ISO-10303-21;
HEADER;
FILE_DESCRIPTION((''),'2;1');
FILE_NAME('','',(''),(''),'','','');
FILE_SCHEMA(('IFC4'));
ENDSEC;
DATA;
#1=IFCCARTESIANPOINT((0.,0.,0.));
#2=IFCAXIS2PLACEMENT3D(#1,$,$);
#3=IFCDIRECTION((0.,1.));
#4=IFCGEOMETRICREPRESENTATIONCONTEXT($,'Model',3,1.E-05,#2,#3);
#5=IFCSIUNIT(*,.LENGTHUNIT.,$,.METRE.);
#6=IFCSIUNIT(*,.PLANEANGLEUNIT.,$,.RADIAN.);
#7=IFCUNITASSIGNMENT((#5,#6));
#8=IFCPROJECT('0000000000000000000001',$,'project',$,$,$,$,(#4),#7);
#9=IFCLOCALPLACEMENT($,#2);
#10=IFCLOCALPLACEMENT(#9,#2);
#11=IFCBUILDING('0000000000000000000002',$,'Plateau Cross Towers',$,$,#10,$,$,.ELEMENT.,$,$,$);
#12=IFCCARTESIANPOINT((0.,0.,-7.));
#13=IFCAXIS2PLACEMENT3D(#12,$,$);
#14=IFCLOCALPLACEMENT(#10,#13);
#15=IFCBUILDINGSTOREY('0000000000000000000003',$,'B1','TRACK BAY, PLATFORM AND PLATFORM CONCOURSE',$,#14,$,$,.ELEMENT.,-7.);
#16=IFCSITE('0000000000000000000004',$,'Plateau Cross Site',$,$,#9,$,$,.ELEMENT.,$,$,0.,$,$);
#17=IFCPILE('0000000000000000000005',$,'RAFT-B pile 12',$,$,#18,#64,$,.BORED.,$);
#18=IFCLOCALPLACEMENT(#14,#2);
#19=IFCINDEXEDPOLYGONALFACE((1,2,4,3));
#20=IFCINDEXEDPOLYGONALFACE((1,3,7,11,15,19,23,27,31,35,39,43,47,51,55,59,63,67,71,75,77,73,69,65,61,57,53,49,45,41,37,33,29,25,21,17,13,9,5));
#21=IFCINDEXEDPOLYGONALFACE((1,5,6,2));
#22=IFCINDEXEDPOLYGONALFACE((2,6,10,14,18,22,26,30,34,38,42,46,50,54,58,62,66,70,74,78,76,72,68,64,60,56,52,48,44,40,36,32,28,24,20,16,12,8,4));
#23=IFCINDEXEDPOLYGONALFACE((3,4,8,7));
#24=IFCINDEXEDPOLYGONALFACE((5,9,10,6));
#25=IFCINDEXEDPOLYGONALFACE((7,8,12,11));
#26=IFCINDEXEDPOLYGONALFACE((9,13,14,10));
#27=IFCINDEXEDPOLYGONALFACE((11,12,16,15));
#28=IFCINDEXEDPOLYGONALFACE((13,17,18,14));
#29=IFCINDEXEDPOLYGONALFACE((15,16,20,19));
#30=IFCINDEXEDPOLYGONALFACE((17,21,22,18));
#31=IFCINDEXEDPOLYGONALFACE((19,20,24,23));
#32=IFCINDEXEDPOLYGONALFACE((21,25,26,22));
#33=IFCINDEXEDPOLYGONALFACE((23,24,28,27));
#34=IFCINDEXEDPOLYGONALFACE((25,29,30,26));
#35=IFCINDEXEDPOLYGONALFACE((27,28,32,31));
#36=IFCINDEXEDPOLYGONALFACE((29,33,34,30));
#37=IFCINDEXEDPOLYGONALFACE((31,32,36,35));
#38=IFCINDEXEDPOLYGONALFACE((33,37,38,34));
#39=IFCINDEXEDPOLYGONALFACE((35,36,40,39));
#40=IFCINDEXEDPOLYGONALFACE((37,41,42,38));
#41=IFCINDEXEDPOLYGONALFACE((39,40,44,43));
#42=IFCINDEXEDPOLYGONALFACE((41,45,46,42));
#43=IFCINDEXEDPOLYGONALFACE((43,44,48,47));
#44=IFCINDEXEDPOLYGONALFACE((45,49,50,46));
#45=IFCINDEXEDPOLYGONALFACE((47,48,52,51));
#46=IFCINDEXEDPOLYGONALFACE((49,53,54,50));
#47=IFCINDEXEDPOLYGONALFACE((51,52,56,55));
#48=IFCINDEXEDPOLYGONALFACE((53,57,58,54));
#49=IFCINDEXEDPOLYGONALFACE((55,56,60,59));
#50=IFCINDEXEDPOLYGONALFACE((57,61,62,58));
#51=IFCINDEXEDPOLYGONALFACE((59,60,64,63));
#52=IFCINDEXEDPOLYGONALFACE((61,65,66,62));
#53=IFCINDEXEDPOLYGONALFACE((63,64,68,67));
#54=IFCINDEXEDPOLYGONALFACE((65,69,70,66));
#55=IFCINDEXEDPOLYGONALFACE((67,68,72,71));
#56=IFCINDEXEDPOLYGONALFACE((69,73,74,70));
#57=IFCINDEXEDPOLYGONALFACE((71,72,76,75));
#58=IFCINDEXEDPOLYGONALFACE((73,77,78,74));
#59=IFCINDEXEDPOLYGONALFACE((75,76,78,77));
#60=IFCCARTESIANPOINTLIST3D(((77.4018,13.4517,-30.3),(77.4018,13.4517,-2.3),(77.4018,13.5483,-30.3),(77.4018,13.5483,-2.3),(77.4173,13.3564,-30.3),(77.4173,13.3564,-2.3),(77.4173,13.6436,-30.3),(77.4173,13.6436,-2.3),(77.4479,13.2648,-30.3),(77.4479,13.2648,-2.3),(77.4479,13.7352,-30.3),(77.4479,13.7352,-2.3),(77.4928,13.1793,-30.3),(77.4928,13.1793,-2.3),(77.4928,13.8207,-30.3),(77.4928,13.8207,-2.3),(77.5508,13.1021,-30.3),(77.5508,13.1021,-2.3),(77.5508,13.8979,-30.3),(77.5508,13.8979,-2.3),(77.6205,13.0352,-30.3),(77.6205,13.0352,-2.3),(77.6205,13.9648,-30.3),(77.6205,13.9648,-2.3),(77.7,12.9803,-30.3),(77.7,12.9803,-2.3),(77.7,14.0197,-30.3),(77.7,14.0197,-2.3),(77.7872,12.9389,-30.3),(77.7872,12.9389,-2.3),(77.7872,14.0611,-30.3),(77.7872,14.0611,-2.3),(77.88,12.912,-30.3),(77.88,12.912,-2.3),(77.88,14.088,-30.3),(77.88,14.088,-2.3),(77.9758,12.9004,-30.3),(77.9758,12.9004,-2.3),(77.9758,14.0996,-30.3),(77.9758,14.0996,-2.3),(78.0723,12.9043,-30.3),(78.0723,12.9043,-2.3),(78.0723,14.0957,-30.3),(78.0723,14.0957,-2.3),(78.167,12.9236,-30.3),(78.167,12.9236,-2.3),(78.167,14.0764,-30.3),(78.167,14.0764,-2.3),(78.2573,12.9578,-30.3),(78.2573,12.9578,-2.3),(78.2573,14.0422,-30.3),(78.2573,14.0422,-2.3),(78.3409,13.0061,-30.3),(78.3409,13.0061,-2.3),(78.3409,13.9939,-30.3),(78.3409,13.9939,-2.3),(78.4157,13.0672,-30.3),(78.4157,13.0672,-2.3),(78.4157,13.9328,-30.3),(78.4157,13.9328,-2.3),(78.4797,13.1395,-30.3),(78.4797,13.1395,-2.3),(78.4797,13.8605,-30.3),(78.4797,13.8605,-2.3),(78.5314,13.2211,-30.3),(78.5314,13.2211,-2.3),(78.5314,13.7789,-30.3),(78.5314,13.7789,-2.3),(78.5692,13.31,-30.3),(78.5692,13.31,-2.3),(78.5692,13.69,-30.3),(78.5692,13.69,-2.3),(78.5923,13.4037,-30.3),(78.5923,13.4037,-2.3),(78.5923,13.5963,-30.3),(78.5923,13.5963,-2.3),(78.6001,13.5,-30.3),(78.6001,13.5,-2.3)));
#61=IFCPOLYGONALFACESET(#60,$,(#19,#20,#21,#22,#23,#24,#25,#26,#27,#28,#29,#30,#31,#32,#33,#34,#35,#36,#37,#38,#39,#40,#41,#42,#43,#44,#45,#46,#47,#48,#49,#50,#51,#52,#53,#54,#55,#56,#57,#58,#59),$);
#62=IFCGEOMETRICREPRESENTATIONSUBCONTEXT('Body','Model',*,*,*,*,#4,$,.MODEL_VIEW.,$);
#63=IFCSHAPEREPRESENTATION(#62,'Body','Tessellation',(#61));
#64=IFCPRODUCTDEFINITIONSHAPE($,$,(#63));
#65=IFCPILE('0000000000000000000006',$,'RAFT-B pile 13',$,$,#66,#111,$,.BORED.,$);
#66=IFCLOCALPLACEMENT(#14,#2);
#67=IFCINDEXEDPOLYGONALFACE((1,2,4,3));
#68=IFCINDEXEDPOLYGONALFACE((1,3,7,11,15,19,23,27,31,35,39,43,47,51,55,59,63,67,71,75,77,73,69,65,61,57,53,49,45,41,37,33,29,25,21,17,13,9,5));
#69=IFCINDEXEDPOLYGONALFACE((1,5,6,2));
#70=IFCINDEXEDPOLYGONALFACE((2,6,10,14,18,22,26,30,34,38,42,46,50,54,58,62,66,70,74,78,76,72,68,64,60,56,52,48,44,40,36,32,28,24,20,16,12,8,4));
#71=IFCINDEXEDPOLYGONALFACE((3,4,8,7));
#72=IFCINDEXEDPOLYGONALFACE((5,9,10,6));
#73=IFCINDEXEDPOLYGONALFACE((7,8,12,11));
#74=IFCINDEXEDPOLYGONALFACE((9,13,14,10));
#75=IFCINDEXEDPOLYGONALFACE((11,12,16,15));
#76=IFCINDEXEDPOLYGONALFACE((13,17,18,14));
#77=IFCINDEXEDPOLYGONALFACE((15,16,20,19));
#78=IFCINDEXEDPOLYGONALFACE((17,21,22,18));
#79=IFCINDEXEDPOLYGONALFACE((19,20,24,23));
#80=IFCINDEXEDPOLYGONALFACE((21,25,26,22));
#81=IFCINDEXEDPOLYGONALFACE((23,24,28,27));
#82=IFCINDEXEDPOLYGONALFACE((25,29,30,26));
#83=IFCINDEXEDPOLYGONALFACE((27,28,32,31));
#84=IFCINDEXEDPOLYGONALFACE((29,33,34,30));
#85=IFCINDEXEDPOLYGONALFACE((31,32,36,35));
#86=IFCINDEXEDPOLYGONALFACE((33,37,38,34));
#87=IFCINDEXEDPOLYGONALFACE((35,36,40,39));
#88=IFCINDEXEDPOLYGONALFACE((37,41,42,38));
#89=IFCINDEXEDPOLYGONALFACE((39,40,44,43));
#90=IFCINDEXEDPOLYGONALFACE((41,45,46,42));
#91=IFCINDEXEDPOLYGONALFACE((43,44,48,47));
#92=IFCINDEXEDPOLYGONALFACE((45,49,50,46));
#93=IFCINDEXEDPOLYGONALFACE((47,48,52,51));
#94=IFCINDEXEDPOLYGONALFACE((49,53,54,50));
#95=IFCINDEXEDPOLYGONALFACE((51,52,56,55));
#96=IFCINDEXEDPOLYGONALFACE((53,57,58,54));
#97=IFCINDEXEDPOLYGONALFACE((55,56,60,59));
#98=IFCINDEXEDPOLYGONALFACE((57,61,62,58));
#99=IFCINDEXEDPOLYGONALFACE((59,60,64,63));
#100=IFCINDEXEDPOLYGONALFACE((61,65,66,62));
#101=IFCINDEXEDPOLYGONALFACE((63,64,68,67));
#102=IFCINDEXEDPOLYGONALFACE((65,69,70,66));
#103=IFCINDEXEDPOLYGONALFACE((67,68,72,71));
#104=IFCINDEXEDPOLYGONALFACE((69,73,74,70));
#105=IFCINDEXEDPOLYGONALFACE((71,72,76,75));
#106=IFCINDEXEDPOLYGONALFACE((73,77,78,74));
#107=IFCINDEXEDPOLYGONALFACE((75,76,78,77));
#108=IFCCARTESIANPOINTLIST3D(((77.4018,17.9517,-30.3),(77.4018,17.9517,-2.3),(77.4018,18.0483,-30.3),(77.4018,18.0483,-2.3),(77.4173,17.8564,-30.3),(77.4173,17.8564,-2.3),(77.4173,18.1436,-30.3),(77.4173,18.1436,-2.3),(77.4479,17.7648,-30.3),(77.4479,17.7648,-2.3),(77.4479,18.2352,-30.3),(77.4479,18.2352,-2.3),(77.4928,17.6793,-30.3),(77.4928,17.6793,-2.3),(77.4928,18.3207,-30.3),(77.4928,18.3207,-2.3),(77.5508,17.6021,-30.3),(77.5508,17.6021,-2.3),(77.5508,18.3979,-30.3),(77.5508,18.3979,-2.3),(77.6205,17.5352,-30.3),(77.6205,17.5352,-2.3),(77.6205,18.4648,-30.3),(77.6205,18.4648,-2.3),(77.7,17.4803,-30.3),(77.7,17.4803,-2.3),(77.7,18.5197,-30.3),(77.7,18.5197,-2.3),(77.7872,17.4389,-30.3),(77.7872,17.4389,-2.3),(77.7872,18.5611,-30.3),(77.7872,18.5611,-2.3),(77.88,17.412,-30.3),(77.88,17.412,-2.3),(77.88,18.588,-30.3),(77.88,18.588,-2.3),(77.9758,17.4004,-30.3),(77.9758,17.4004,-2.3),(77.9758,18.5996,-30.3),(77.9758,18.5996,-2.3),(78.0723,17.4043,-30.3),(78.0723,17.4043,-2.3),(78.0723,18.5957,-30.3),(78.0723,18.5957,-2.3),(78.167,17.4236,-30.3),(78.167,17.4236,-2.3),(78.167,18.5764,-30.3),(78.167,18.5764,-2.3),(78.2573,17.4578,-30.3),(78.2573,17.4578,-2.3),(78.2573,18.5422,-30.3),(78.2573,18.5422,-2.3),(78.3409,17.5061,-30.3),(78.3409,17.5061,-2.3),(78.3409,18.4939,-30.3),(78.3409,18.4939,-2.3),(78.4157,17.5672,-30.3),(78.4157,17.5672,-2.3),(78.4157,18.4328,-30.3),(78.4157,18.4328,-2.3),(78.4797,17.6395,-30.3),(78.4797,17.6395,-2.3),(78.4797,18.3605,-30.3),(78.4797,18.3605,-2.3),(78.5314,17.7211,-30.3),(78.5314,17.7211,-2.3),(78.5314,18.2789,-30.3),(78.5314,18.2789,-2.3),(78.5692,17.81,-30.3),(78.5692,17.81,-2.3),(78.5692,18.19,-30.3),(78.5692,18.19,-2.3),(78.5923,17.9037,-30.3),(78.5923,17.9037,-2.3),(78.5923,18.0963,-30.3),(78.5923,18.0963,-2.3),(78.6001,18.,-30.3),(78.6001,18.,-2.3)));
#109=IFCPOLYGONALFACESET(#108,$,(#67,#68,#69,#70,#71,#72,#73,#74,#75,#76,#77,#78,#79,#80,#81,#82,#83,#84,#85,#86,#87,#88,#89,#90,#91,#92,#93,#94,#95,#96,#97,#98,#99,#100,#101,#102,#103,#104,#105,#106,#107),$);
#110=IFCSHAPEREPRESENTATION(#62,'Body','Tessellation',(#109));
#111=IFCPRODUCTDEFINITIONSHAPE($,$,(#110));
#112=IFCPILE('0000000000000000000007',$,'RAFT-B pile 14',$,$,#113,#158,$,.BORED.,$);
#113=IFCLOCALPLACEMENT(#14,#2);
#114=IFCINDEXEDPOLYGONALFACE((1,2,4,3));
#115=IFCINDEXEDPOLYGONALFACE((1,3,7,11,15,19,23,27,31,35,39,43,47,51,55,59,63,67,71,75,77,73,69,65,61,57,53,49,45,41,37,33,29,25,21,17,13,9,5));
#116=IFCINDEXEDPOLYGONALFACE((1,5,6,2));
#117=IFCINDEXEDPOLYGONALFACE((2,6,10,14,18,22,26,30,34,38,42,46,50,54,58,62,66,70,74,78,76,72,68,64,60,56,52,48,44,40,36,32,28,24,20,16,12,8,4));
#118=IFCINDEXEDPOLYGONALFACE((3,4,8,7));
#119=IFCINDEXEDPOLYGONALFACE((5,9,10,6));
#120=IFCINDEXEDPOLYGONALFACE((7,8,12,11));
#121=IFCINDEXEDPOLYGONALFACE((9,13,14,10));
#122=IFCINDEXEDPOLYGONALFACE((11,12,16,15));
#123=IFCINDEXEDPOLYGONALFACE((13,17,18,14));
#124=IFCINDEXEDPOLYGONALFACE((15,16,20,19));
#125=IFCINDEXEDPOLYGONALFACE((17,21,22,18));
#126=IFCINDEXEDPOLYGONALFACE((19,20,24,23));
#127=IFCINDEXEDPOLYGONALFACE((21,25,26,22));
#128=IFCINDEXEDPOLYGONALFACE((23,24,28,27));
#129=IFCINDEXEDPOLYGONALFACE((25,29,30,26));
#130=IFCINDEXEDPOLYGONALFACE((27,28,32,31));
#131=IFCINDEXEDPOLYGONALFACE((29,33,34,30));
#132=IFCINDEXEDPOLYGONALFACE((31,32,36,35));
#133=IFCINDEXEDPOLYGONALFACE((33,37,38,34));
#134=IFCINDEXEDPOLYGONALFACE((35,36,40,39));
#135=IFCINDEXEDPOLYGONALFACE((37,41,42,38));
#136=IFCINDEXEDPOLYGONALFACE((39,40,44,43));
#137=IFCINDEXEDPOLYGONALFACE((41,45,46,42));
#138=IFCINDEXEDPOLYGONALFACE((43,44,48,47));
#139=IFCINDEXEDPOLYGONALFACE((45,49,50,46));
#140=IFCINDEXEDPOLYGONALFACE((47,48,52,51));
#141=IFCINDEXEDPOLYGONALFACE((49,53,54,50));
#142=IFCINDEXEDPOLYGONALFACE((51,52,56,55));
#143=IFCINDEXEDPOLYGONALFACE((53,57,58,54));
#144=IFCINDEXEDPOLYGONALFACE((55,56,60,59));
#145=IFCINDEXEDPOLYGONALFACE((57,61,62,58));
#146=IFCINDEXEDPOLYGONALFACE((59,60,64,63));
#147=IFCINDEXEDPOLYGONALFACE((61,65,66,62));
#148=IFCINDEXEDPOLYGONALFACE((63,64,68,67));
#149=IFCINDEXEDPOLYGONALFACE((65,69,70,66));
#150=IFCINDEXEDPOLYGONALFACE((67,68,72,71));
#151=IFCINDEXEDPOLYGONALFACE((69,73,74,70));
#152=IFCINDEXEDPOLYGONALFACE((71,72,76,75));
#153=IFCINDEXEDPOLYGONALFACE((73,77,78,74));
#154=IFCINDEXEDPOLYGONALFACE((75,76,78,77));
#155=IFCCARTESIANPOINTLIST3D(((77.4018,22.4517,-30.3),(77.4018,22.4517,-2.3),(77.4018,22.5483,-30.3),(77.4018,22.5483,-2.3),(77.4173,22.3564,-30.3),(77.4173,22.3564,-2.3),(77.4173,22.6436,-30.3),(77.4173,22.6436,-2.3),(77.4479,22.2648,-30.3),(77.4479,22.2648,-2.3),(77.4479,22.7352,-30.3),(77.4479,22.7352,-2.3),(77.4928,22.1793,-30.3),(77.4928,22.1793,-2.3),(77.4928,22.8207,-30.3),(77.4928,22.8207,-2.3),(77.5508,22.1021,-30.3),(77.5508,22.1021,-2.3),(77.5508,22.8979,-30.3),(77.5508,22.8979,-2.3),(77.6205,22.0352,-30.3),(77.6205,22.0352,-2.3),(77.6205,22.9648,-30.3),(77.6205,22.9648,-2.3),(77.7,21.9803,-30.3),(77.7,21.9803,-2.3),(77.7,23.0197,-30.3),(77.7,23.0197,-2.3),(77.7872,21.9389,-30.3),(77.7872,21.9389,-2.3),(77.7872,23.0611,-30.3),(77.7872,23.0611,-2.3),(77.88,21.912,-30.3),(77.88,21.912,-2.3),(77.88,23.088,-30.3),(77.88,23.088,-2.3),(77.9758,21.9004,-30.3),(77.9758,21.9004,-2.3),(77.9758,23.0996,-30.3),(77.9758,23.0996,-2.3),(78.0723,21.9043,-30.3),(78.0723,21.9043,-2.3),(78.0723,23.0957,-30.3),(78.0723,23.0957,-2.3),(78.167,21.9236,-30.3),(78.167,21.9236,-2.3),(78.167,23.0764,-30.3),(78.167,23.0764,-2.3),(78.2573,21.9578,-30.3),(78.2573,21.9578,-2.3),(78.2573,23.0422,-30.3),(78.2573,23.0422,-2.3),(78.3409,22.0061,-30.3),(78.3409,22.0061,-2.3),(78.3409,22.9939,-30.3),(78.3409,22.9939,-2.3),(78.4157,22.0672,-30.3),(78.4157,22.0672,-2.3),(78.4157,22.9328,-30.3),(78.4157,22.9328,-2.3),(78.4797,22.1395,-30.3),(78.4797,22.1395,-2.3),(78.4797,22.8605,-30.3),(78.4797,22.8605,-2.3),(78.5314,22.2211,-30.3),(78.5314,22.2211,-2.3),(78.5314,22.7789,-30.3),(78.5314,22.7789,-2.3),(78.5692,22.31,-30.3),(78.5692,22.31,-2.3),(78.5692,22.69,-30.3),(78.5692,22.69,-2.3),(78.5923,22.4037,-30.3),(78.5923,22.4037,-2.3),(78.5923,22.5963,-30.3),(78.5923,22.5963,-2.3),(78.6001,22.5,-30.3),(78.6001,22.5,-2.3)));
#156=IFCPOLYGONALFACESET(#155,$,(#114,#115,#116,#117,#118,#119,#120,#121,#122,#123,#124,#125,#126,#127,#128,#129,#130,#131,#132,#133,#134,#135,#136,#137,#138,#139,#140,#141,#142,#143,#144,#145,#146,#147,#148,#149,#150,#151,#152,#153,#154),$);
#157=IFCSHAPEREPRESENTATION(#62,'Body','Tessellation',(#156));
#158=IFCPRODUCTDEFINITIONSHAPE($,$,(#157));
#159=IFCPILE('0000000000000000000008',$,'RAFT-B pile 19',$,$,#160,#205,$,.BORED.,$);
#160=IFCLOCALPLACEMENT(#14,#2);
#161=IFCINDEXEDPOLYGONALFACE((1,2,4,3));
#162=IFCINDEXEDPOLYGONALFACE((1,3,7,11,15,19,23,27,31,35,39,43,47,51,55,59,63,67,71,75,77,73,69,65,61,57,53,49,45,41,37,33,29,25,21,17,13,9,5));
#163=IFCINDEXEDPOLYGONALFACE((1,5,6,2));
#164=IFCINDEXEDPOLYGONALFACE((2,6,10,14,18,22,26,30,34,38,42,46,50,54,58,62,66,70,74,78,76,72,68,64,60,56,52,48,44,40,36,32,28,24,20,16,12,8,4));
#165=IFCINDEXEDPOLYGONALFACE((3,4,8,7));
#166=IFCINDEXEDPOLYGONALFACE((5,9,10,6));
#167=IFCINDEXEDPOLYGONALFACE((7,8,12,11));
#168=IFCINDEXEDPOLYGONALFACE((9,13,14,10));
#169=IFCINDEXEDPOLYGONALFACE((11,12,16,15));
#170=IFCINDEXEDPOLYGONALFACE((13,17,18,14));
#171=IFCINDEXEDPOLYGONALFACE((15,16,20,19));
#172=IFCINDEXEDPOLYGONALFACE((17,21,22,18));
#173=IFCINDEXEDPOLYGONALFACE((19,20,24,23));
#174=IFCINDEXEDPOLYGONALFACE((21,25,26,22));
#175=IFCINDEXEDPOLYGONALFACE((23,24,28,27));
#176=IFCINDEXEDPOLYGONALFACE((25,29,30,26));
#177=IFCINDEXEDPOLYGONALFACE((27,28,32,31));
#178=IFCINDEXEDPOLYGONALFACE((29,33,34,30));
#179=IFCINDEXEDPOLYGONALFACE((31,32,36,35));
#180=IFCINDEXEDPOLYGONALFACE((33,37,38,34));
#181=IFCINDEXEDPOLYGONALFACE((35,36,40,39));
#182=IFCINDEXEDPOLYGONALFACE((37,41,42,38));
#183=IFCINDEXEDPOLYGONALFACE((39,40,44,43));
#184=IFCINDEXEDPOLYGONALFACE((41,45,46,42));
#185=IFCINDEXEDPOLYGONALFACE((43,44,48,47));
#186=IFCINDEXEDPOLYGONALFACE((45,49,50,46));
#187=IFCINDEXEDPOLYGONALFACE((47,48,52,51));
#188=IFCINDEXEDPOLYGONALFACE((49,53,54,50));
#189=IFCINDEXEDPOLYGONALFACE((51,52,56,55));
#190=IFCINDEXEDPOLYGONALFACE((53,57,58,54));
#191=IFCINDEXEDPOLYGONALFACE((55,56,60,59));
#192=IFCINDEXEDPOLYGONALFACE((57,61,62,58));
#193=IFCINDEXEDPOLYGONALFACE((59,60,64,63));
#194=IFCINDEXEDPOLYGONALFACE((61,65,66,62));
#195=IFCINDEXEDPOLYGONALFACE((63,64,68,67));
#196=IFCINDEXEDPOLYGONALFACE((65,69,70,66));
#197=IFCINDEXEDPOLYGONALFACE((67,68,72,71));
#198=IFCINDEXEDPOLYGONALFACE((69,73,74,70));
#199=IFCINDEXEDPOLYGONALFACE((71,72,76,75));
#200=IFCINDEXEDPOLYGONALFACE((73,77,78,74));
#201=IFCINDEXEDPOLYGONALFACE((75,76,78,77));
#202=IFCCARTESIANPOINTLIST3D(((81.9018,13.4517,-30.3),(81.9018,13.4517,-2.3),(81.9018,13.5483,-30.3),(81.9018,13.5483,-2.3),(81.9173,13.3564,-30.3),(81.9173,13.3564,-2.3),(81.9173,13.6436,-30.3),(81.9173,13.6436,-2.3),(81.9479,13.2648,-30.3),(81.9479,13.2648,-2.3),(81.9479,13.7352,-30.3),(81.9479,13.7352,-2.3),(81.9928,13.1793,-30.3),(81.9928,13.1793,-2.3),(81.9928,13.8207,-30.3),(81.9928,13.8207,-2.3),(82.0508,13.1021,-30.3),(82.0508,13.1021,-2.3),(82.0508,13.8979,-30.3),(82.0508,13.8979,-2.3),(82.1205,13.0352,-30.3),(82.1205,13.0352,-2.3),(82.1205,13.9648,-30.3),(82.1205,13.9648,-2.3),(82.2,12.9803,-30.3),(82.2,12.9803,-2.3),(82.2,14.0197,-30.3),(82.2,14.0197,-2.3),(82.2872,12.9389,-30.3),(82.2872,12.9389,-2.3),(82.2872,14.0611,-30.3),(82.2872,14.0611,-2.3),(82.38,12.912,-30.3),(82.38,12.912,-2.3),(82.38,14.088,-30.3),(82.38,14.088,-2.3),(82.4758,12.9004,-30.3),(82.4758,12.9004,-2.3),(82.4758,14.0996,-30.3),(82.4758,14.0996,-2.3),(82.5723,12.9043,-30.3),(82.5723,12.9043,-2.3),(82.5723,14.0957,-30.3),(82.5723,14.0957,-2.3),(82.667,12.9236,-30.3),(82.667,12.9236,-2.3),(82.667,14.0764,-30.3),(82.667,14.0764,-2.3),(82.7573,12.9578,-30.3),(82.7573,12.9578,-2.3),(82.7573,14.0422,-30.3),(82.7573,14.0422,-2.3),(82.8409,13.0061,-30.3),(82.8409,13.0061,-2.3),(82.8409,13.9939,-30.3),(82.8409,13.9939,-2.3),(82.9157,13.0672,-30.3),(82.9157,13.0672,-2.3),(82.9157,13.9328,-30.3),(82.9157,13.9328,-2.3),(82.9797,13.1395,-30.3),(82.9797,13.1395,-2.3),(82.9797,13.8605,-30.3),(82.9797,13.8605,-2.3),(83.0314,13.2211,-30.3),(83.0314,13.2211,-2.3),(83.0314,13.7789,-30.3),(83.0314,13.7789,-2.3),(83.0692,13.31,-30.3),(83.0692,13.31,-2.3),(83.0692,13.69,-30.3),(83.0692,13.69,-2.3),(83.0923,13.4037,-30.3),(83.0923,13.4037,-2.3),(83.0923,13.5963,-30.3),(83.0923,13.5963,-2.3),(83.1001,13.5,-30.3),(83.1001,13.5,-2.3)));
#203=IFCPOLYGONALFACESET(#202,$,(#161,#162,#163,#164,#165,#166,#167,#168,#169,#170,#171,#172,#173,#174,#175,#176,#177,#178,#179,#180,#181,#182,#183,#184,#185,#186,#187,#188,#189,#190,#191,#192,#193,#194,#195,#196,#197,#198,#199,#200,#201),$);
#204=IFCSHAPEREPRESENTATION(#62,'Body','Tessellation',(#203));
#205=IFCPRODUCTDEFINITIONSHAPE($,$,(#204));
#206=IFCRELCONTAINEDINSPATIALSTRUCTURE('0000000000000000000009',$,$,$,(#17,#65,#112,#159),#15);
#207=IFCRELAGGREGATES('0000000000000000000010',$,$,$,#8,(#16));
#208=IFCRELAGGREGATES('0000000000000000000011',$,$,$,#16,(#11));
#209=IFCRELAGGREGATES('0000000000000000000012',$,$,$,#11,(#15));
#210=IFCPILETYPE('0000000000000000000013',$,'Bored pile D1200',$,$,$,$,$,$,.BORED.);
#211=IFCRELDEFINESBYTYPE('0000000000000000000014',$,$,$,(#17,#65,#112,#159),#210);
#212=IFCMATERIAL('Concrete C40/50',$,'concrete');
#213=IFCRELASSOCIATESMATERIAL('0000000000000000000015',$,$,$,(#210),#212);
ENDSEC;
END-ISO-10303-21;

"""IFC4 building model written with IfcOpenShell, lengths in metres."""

from ifc_helpers import new_model, si_unit, direction, frame, origin, origin_2d, place, context, subcontext, project, spatial, circle, extrude, material, material_profile, profile_set, type_object, element, save


model = new_model("IFC4")

# Units and contexts
model_context = context("Model", 3, precision=1e-05, world=origin(), true_north=direction((0.0, 1.0)))
body_context = subcontext(model_context, "Body", "Model", "MODEL_VIEW")
ifc_project = project(units=[si_unit("LENGTHUNIT", "METRE"), si_unit("PLANEANGLEUNIT", "RADIAN")], contexts=[model_context])

# Site, building, storey
site_placement = place(None, origin())
site = spatial("IfcSite", under=ifc_project, at=site_placement, Name="Plateau Cross Site", CompositionType="ELEMENT", RefElevation=0.0)
building_placement = place(site_placement, origin())
building = spatial("IfcBuilding", under=site, at=building_placement, Name="Plateau Cross Towers", CompositionType="ELEMENT")
storey_placement = place(building_placement, frame((0.0, 0.0, -7.0)))
storey = spatial("IfcBuildingStorey", under=building, at=storey_placement, Name="B1", Description="TRACK BAY, PLATFORM AND PLATFORM CONCOURSE", CompositionType="ELEMENT", Elevation=-7.0)

# Piles
ifc_material_1 = material(Name="Concrete C40/50", Category="concrete")
ifc_material_profile_1 = material_profile(ifc_material_1, circle(Radius=0.6001, at=origin_2d()), Name="Bored pile D1200")
ifc_profile_set_1 = profile_set([ifc_material_profile_1], Name="Concrete C40/50")
pile_type = type_object("IfcPileType", Name="Bored pile D1200", PredefinedType="BORED", material=ifc_profile_set_1)
for number, where, z_axis, x_axis, name in (
    (1, (78.0, 13.5, -2.3), (0.0, 0.0, -1.0), (1.0, 0.0, 0.0), "RAFT-B pile 12"),
    (2, (78.0, 18.0, -2.3), (0.0, 0.0, -1.0), (1.0, 0.0, 0.0), "RAFT-B pile 13"),
    (3, (78.0, 22.5, -2.3), (0.0, 0.0, -1.0), (1.0, 0.0, 0.0), "RAFT-B pile 14"),
    (4, (82.5, 13.5, -2.3), (0.0, 0.0, -1.0), (1.0, 0.0, 0.0), "RAFT-B pile 19"),
):
    element("IfcPile", number, at=place(storey_placement, frame(where, z_axis=z_axis, x_axis=x_axis)), inside=storey, type_object=pile_type, Name=name, PredefinedType="BORED", context=body_context, shape_type="SweptSolid", body=[
        extrude(circle(Radius=0.6001, at=origin_2d()), origin(), (0.0, 0.0, 1.0), 28.0),
    ])

save(model, "model.ifc")
